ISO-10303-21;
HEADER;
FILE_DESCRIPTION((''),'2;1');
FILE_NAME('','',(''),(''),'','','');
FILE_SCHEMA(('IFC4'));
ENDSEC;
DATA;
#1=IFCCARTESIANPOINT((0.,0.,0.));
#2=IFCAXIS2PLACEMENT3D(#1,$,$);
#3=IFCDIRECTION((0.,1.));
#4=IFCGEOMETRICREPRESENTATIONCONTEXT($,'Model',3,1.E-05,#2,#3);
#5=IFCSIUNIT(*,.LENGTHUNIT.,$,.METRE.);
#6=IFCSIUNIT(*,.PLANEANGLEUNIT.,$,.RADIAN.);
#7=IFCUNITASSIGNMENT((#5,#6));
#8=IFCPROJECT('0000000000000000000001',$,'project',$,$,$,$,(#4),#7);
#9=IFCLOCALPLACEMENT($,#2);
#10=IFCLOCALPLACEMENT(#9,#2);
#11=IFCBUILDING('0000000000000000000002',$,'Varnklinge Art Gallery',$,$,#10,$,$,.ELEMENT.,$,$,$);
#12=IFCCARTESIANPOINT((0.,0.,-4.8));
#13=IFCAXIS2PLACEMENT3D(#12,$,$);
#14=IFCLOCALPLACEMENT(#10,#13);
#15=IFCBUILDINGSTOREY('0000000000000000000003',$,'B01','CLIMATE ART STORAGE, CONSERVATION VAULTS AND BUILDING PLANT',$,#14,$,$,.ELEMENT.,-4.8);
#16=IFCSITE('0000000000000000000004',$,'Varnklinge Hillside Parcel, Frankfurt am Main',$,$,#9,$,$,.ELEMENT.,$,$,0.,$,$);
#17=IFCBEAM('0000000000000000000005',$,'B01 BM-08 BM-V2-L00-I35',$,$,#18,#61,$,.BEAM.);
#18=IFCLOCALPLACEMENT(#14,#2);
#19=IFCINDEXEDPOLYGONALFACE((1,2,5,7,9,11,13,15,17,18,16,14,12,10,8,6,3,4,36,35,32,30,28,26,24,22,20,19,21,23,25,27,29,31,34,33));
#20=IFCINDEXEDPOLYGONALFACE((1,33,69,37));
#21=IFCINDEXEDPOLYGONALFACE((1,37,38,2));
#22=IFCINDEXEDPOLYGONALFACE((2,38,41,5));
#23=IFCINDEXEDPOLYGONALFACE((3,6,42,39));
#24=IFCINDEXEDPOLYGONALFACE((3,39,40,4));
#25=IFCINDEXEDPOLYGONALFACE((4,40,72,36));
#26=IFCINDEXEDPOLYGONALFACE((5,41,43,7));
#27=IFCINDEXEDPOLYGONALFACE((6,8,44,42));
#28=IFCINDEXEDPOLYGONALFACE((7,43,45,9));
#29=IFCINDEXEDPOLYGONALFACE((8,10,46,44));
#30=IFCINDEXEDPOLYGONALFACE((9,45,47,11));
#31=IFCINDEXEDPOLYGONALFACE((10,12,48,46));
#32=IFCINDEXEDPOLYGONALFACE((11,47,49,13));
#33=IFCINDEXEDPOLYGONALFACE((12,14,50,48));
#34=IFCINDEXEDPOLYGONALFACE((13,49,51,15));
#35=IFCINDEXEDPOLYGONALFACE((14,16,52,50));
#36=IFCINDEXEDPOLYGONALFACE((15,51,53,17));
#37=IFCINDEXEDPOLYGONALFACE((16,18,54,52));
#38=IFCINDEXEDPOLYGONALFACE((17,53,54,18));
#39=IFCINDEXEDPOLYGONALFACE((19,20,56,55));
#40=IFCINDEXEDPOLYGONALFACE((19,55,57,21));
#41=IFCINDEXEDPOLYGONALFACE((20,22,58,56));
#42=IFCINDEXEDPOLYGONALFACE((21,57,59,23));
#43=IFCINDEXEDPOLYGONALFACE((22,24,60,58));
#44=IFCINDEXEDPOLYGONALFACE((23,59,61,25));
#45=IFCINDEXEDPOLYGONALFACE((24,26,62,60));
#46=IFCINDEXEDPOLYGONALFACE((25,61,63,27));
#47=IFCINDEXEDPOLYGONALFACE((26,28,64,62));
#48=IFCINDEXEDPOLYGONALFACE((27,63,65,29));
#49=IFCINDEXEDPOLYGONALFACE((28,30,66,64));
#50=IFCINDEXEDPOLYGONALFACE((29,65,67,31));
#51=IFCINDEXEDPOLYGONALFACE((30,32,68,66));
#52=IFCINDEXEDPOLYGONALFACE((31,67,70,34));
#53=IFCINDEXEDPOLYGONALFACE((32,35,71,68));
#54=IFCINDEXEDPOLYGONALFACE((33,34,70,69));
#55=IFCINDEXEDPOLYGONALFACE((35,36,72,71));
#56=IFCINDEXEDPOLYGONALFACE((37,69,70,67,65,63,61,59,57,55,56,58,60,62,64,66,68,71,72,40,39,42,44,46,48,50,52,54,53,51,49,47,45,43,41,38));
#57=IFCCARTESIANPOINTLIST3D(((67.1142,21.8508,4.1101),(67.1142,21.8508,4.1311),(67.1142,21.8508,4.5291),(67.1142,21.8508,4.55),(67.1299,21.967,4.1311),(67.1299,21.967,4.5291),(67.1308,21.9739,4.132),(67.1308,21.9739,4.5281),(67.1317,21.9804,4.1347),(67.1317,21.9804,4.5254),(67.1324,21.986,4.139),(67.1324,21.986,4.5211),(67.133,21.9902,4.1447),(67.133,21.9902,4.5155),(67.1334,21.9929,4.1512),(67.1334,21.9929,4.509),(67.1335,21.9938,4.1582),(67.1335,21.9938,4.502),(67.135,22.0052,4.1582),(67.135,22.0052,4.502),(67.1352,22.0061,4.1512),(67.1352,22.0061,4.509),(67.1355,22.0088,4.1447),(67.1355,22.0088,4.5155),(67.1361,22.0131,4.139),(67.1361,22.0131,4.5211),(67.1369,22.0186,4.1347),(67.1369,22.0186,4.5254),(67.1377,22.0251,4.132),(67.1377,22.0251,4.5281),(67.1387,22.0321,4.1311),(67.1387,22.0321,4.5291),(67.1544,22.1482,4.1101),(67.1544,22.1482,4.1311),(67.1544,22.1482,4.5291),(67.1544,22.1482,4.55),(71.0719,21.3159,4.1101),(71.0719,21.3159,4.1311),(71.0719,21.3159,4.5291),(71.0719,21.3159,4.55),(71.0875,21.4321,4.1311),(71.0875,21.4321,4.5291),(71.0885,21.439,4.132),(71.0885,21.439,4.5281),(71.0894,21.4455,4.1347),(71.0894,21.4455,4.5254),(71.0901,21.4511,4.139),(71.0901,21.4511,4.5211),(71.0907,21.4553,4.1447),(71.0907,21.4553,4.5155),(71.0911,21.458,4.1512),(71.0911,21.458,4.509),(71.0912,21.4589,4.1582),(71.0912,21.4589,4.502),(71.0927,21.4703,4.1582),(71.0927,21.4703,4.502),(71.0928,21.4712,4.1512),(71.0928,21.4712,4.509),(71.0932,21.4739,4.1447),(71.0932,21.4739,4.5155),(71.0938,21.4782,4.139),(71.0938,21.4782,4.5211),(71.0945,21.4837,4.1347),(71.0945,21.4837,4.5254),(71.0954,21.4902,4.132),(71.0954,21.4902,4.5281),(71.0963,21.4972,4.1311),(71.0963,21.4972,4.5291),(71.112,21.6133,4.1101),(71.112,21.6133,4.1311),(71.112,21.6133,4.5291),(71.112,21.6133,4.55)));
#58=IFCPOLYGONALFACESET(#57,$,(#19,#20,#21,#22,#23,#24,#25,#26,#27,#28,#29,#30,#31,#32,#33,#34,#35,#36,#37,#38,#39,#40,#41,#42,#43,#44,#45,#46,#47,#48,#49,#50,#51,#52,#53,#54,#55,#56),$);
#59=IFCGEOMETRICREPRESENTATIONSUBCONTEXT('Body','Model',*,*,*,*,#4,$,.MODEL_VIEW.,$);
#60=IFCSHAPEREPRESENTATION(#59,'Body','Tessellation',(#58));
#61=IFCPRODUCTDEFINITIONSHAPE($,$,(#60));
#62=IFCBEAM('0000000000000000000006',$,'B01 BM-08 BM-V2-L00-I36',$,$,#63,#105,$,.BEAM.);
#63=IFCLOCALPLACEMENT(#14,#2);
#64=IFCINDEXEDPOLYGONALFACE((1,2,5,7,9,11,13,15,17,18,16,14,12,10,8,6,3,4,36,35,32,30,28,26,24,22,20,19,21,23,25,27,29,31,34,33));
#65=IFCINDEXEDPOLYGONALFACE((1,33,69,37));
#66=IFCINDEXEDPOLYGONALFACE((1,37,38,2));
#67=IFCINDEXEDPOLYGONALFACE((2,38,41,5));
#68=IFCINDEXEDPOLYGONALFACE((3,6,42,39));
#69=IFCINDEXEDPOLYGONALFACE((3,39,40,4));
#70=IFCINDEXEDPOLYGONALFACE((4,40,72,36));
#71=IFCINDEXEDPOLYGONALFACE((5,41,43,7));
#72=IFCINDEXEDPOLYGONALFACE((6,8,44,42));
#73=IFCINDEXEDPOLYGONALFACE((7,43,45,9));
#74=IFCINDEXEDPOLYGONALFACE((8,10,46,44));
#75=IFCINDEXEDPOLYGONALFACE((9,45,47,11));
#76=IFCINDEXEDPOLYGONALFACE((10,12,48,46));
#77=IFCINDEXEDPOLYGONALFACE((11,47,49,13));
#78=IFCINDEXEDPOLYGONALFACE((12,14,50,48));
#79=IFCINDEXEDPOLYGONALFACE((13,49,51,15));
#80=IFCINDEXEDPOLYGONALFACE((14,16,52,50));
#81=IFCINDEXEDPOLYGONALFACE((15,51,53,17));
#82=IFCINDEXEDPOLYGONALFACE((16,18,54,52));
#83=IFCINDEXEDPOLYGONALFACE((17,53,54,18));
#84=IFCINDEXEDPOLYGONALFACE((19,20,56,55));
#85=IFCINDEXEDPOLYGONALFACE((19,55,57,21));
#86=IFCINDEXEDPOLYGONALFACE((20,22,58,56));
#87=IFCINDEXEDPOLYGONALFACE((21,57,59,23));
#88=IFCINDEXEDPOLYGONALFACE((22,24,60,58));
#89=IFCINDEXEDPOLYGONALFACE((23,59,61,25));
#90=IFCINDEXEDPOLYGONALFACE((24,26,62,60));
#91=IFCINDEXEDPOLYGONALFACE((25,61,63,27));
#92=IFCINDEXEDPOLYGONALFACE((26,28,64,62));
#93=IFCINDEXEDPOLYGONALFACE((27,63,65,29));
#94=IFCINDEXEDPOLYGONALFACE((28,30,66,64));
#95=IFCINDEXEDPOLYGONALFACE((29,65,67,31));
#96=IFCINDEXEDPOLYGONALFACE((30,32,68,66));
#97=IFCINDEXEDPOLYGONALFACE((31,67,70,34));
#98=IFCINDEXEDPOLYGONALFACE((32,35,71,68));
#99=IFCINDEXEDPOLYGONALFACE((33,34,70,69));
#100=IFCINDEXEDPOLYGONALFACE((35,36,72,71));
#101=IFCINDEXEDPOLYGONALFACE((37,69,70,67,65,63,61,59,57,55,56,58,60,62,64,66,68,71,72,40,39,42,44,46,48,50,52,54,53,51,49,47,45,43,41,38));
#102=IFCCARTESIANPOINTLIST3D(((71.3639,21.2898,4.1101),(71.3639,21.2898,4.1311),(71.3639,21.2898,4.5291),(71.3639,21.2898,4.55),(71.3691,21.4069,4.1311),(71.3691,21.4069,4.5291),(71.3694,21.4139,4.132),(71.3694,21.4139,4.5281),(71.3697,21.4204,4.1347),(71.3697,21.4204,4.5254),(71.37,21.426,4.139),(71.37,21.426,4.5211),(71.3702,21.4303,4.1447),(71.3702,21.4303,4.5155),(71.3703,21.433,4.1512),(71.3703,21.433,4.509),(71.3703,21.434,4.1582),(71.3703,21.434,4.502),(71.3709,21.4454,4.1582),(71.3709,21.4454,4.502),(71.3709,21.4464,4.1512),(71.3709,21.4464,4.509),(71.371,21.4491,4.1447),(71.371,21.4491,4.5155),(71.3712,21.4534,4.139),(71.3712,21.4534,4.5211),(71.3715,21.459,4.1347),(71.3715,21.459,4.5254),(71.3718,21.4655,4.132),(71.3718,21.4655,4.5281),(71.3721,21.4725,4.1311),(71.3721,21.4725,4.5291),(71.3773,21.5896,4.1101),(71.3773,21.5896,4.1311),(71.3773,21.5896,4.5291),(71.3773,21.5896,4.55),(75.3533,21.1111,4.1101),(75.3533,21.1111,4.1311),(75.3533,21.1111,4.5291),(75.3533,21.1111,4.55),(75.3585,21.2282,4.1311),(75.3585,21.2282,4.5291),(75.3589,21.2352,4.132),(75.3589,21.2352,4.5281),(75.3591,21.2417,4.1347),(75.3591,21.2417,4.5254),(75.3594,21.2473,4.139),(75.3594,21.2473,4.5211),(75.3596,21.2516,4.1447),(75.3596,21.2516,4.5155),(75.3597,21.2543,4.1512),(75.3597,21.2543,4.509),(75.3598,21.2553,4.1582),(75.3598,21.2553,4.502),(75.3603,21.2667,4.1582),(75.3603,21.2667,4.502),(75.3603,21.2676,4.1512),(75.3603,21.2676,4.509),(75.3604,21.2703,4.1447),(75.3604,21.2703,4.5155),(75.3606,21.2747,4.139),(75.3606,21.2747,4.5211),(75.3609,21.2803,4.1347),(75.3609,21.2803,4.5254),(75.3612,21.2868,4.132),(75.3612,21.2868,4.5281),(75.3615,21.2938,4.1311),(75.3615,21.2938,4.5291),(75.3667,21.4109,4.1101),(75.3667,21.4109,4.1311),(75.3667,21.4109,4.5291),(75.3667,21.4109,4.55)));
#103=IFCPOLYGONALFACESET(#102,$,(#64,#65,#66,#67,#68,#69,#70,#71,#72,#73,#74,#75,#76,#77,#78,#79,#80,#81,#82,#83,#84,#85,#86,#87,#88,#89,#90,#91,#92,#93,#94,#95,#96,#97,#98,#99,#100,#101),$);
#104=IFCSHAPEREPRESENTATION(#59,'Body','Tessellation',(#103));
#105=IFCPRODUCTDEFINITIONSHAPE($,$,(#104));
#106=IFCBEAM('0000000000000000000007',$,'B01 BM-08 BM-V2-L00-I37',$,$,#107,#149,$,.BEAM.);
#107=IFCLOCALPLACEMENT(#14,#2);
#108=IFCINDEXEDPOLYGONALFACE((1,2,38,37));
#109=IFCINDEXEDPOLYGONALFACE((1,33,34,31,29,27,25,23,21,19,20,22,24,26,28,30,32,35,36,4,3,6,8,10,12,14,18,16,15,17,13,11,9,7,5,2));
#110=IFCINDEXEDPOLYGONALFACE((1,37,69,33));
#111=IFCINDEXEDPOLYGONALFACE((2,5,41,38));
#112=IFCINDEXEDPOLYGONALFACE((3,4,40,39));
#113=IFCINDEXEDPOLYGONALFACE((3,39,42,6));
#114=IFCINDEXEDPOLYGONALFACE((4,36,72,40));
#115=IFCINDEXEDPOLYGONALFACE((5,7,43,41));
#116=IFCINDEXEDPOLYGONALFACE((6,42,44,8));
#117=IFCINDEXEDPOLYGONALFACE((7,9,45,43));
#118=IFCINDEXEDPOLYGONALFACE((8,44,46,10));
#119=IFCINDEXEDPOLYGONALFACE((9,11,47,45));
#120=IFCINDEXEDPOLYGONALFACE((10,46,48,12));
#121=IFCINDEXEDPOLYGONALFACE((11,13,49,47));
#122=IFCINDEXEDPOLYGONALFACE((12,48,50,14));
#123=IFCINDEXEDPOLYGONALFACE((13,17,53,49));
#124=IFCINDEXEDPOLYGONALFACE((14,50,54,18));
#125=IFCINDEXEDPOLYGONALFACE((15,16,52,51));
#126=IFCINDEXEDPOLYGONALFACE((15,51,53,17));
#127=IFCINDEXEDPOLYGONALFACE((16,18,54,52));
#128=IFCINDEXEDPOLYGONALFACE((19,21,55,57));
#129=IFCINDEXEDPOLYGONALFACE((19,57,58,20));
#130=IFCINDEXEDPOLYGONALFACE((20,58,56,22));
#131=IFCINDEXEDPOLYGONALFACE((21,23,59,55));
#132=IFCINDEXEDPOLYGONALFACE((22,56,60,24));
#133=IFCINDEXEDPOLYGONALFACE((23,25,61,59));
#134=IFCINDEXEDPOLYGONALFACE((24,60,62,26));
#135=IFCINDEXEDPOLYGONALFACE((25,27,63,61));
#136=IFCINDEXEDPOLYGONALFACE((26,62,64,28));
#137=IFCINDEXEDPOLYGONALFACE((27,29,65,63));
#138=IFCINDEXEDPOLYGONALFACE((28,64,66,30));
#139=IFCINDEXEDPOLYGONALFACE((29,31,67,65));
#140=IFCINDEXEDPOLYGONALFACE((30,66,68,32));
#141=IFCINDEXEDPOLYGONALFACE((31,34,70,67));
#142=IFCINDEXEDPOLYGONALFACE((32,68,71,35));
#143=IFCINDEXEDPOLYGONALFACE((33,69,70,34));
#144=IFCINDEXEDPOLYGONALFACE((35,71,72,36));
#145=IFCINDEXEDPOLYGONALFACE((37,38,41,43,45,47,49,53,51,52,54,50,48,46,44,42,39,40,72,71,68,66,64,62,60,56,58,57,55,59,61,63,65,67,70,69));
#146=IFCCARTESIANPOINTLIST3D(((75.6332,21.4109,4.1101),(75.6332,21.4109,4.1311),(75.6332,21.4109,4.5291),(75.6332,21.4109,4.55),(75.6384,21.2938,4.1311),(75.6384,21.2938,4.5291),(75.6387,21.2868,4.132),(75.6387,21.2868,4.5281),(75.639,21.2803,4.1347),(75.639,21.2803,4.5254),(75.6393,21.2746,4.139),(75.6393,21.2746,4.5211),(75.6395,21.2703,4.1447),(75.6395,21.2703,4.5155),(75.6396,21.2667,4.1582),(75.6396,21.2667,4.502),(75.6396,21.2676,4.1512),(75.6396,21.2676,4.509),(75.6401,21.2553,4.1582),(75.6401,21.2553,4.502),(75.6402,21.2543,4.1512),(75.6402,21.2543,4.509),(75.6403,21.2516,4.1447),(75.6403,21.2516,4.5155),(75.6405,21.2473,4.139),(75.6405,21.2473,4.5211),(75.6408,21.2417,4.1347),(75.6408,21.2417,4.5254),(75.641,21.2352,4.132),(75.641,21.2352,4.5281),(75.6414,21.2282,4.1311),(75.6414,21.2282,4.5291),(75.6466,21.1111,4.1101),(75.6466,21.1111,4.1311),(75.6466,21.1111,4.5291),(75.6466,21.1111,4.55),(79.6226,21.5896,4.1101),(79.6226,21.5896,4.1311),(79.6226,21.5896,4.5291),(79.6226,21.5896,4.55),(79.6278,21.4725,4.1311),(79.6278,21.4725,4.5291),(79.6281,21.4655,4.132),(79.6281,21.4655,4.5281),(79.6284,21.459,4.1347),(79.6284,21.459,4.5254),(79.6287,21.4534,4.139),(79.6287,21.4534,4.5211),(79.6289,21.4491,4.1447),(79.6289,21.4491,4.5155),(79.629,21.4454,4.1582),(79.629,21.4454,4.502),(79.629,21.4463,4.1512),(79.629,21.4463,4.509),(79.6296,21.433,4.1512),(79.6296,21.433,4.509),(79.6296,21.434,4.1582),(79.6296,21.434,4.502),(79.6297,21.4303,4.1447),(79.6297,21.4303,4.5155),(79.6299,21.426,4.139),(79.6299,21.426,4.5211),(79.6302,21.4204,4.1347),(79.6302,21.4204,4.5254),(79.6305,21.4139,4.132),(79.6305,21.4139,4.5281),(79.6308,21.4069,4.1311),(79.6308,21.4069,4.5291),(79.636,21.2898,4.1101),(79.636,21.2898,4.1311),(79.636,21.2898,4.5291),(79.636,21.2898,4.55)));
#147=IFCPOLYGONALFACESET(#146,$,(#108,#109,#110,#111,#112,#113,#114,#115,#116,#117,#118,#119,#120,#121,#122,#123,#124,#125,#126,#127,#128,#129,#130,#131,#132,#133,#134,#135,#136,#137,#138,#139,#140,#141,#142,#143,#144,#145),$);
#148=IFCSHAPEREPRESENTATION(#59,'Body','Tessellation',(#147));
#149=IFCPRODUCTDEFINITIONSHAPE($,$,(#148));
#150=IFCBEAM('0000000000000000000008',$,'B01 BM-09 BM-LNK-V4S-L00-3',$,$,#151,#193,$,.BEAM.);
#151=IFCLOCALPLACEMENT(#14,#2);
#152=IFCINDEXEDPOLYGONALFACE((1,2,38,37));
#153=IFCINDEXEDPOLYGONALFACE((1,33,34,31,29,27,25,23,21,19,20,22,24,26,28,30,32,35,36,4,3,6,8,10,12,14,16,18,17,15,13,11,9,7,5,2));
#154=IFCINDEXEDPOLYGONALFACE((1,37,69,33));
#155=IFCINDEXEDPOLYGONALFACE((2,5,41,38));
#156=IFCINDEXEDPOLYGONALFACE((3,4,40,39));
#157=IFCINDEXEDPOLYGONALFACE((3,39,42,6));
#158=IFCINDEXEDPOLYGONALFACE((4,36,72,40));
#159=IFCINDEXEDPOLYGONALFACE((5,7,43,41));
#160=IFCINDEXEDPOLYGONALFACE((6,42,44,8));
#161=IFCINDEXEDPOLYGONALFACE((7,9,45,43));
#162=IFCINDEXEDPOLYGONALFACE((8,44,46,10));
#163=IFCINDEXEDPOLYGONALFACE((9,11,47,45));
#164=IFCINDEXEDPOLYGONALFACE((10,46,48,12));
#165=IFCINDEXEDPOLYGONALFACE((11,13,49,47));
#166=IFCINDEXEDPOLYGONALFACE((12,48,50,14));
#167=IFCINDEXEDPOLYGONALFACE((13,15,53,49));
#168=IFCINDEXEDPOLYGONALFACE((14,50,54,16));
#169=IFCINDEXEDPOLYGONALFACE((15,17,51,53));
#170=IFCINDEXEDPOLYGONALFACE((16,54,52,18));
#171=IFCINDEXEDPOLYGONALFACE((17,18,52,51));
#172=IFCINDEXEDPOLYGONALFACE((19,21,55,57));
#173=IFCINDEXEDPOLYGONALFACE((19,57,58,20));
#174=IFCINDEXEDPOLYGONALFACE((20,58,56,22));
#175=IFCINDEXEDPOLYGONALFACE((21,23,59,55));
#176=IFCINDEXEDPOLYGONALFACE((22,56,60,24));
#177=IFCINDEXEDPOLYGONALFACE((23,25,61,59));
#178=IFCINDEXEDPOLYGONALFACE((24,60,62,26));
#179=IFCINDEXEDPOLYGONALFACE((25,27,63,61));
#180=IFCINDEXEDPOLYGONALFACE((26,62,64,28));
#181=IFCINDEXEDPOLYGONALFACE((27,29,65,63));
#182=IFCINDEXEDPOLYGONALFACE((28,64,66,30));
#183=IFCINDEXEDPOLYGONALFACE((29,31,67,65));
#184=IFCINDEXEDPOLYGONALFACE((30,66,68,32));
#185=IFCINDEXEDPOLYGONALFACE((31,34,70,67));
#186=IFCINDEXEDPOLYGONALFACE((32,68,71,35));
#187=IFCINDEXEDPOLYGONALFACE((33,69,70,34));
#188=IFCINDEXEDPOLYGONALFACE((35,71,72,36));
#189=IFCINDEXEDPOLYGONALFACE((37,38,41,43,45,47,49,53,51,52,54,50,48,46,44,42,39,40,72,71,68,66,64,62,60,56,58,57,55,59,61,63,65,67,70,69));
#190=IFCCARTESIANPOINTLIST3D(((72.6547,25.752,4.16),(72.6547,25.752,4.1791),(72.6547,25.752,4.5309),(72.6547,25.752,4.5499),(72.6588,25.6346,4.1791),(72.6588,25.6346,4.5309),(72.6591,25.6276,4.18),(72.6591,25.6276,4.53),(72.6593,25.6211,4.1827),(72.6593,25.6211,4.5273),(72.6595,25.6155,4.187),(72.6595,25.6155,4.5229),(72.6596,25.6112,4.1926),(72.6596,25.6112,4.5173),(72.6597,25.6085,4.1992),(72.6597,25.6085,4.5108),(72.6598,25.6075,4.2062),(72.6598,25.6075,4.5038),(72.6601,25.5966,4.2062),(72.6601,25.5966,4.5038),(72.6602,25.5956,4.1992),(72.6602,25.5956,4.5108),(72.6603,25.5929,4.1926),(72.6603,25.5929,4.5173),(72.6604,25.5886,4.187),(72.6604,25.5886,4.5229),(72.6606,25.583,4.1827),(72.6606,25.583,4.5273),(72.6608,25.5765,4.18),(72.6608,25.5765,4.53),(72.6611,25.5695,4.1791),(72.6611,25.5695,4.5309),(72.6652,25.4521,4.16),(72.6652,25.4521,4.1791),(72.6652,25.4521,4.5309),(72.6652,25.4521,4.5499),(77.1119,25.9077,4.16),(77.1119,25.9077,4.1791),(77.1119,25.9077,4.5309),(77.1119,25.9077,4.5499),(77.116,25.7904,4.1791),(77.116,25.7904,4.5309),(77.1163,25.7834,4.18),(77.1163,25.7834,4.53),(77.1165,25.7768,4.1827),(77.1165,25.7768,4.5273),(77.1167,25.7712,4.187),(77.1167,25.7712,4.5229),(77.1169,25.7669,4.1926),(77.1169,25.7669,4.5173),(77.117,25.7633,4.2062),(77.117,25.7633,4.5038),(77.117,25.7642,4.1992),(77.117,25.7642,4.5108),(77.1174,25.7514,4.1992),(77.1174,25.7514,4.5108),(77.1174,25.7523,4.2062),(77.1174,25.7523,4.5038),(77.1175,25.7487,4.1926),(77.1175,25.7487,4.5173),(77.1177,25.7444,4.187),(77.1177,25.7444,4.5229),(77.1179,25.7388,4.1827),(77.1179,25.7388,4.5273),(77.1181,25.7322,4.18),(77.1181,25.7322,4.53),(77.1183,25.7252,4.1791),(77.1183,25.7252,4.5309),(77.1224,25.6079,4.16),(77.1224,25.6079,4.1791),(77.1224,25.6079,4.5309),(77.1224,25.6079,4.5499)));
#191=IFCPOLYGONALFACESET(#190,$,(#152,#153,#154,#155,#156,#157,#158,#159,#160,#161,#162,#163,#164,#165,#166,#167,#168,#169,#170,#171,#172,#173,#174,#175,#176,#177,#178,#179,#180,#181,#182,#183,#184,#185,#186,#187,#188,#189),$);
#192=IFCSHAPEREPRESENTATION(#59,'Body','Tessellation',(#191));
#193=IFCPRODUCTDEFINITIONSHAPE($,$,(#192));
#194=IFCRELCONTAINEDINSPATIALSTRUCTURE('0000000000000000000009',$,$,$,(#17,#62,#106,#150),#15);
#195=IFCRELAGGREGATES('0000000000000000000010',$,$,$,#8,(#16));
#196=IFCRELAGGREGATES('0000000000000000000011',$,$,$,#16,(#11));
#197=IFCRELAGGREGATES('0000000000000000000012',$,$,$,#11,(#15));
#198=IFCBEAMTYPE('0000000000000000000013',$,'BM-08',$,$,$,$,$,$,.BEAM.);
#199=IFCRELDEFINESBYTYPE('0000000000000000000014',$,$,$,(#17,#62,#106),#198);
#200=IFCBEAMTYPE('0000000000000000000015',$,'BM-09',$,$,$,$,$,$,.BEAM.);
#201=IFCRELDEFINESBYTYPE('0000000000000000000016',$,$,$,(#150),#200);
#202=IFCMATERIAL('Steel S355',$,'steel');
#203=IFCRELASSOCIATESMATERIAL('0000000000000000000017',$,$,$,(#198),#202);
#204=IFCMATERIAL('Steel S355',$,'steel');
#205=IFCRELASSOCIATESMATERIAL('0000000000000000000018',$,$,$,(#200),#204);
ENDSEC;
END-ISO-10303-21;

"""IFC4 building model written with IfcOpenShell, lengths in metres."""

from ifc_helpers import new_model, si_unit, direction, frame, origin, origin_2d, place, context, subcontext, project, spatial, i_section, extrude, material, material_profile, profile_set, type_object, element, save


model = new_model("IFC4")

# Units and contexts
model_context = context("Model", 3, precision=1e-05, world=origin(), true_north=direction((0.0, 1.0)))
body_context = subcontext(model_context, "Body", "Model", "MODEL_VIEW")
ifc_project = project(units=[si_unit("LENGTHUNIT", "METRE"), si_unit("PLANEANGLEUNIT", "RADIAN")], contexts=[model_context])

# Site, building, storey
site_placement = place(None, origin())
site = spatial("IfcSite", under=ifc_project, at=site_placement, Name="Varnklinge Hillside Parcel, Frankfurt am Main", CompositionType="ELEMENT", RefElevation=0.0)
building_placement = place(site_placement, origin())
building = spatial("IfcBuilding", under=site, at=building_placement, Name="Varnklinge Art Gallery", CompositionType="ELEMENT")
storey_placement = place(building_placement, frame((0.0, 0.0, -4.8)))
storey = spatial("IfcBuildingStorey", under=building, at=storey_placement, Name="B01", Description="CLIMATE ART STORAGE, CONSERVATION VAULTS AND BUILDING PLANT", CompositionType="ELEMENT", Elevation=-4.8)

# Beams
ifc_material_1 = material(Name="Steel S355", Category="steel")
ifc_material_profile_1 = material_profile(ifc_material_1, i_section(OverallWidth=0.3, OverallDepth=0.4399, WebThickness=0.0115, FlangeThickness=0.021, FilletRadius=0.0271, at=origin_2d()), Name="HEA 450")
ifc_profile_set_1 = profile_set([ifc_material_profile_1], Name="Steel S355")
beam_type_1 = type_object("IfcBeamType", Name="BM-08", PredefinedType="BEAM", material=ifc_profile_set_1)
beam_1_placement = place(storey_placement, frame((67.1343, 21.9995, 4.3301), z_axis=(0.99099, -0.133937, 0.0), x_axis=(0.133937, 0.99099, 0.0)))
element("IfcBeam", 1, at=beam_1_placement, inside=storey, type_object=beam_type_1, Name="B01 BM-08 BM-V2-L00-I35", PredefinedType="BEAM", context=body_context, shape_type="SweptSolid", body=[
    extrude(i_section(OverallWidth=0.3, OverallDepth=0.4399, WebThickness=0.0115, FlangeThickness=0.021, FilletRadius=0.0271, at=origin_2d()), origin(), (0.0, 0.0, 1.0), 3.9937),
])
for number, where, z_axis, x_axis, name in (
    (2, (71.3706, 21.4397, 4.3301), (0.998998, -0.04475, 0.0), (0.04475, 0.998998, 0.0), "B01 BM-08 BM-V2-L00-I36"),
    (3, (75.6399, 21.261, 4.3301), (0.998998, 0.04475, 0.0), (-0.04475, 0.998998, 0.0), "B01 BM-08 BM-V2-L00-I37"),
):
    element("IfcBeam", number, at=place(storey_placement, frame(where, z_axis=z_axis, x_axis=x_axis)), inside=storey, type_object=beam_type_1, Name=name, PredefinedType="BEAM", context=body_context, shape_type="SweptSolid", body=[
        extrude(i_section(OverallWidth=0.3, OverallDepth=0.4399, WebThickness=0.0115, FlangeThickness=0.021, FilletRadius=0.0271, at=origin_2d()), origin(), (0.0, 0.0, 1.0), 3.9934),
    ])
ifc_material_2 = material(Name="Steel S355", Category="steel")
ifc_material_profile_2 = material_profile(ifc_material_2, i_section(OverallWidth=0.3, OverallDepth=0.3899, WebThickness=0.011, FlangeThickness=0.019, FilletRadius=0.0271, at=origin_2d()), Name="HEA 400")
ifc_profile_set_2 = profile_set([ifc_material_profile_2], Name="Steel S355")
beam_type_2 = type_object("IfcBeamType", Name="BM-09", PredefinedType="BEAM", material=ifc_profile_set_2)
beam_2_placement = place(storey_placement, frame((77.1172, 25.7578, 4.355), z_axis=(-0.99939, -0.034924, 0.0), x_axis=(0.034924, -0.99939, 0.0)))
element("IfcBeam", 4, at=beam_2_placement, inside=storey, type_object=beam_type_2, Name="B01 BM-09 BM-LNK-V4S-L00-3", PredefinedType="BEAM", context=body_context, shape_type="SweptSolid", body=[
    extrude(i_section(OverallWidth=0.3, OverallDepth=0.3899, WebThickness=0.011, FlangeThickness=0.019, FilletRadius=0.0271, at=origin_2d()), origin(), (0.0, 0.0, 1.0), 4.46),
])

save(model, "model.ifc")
